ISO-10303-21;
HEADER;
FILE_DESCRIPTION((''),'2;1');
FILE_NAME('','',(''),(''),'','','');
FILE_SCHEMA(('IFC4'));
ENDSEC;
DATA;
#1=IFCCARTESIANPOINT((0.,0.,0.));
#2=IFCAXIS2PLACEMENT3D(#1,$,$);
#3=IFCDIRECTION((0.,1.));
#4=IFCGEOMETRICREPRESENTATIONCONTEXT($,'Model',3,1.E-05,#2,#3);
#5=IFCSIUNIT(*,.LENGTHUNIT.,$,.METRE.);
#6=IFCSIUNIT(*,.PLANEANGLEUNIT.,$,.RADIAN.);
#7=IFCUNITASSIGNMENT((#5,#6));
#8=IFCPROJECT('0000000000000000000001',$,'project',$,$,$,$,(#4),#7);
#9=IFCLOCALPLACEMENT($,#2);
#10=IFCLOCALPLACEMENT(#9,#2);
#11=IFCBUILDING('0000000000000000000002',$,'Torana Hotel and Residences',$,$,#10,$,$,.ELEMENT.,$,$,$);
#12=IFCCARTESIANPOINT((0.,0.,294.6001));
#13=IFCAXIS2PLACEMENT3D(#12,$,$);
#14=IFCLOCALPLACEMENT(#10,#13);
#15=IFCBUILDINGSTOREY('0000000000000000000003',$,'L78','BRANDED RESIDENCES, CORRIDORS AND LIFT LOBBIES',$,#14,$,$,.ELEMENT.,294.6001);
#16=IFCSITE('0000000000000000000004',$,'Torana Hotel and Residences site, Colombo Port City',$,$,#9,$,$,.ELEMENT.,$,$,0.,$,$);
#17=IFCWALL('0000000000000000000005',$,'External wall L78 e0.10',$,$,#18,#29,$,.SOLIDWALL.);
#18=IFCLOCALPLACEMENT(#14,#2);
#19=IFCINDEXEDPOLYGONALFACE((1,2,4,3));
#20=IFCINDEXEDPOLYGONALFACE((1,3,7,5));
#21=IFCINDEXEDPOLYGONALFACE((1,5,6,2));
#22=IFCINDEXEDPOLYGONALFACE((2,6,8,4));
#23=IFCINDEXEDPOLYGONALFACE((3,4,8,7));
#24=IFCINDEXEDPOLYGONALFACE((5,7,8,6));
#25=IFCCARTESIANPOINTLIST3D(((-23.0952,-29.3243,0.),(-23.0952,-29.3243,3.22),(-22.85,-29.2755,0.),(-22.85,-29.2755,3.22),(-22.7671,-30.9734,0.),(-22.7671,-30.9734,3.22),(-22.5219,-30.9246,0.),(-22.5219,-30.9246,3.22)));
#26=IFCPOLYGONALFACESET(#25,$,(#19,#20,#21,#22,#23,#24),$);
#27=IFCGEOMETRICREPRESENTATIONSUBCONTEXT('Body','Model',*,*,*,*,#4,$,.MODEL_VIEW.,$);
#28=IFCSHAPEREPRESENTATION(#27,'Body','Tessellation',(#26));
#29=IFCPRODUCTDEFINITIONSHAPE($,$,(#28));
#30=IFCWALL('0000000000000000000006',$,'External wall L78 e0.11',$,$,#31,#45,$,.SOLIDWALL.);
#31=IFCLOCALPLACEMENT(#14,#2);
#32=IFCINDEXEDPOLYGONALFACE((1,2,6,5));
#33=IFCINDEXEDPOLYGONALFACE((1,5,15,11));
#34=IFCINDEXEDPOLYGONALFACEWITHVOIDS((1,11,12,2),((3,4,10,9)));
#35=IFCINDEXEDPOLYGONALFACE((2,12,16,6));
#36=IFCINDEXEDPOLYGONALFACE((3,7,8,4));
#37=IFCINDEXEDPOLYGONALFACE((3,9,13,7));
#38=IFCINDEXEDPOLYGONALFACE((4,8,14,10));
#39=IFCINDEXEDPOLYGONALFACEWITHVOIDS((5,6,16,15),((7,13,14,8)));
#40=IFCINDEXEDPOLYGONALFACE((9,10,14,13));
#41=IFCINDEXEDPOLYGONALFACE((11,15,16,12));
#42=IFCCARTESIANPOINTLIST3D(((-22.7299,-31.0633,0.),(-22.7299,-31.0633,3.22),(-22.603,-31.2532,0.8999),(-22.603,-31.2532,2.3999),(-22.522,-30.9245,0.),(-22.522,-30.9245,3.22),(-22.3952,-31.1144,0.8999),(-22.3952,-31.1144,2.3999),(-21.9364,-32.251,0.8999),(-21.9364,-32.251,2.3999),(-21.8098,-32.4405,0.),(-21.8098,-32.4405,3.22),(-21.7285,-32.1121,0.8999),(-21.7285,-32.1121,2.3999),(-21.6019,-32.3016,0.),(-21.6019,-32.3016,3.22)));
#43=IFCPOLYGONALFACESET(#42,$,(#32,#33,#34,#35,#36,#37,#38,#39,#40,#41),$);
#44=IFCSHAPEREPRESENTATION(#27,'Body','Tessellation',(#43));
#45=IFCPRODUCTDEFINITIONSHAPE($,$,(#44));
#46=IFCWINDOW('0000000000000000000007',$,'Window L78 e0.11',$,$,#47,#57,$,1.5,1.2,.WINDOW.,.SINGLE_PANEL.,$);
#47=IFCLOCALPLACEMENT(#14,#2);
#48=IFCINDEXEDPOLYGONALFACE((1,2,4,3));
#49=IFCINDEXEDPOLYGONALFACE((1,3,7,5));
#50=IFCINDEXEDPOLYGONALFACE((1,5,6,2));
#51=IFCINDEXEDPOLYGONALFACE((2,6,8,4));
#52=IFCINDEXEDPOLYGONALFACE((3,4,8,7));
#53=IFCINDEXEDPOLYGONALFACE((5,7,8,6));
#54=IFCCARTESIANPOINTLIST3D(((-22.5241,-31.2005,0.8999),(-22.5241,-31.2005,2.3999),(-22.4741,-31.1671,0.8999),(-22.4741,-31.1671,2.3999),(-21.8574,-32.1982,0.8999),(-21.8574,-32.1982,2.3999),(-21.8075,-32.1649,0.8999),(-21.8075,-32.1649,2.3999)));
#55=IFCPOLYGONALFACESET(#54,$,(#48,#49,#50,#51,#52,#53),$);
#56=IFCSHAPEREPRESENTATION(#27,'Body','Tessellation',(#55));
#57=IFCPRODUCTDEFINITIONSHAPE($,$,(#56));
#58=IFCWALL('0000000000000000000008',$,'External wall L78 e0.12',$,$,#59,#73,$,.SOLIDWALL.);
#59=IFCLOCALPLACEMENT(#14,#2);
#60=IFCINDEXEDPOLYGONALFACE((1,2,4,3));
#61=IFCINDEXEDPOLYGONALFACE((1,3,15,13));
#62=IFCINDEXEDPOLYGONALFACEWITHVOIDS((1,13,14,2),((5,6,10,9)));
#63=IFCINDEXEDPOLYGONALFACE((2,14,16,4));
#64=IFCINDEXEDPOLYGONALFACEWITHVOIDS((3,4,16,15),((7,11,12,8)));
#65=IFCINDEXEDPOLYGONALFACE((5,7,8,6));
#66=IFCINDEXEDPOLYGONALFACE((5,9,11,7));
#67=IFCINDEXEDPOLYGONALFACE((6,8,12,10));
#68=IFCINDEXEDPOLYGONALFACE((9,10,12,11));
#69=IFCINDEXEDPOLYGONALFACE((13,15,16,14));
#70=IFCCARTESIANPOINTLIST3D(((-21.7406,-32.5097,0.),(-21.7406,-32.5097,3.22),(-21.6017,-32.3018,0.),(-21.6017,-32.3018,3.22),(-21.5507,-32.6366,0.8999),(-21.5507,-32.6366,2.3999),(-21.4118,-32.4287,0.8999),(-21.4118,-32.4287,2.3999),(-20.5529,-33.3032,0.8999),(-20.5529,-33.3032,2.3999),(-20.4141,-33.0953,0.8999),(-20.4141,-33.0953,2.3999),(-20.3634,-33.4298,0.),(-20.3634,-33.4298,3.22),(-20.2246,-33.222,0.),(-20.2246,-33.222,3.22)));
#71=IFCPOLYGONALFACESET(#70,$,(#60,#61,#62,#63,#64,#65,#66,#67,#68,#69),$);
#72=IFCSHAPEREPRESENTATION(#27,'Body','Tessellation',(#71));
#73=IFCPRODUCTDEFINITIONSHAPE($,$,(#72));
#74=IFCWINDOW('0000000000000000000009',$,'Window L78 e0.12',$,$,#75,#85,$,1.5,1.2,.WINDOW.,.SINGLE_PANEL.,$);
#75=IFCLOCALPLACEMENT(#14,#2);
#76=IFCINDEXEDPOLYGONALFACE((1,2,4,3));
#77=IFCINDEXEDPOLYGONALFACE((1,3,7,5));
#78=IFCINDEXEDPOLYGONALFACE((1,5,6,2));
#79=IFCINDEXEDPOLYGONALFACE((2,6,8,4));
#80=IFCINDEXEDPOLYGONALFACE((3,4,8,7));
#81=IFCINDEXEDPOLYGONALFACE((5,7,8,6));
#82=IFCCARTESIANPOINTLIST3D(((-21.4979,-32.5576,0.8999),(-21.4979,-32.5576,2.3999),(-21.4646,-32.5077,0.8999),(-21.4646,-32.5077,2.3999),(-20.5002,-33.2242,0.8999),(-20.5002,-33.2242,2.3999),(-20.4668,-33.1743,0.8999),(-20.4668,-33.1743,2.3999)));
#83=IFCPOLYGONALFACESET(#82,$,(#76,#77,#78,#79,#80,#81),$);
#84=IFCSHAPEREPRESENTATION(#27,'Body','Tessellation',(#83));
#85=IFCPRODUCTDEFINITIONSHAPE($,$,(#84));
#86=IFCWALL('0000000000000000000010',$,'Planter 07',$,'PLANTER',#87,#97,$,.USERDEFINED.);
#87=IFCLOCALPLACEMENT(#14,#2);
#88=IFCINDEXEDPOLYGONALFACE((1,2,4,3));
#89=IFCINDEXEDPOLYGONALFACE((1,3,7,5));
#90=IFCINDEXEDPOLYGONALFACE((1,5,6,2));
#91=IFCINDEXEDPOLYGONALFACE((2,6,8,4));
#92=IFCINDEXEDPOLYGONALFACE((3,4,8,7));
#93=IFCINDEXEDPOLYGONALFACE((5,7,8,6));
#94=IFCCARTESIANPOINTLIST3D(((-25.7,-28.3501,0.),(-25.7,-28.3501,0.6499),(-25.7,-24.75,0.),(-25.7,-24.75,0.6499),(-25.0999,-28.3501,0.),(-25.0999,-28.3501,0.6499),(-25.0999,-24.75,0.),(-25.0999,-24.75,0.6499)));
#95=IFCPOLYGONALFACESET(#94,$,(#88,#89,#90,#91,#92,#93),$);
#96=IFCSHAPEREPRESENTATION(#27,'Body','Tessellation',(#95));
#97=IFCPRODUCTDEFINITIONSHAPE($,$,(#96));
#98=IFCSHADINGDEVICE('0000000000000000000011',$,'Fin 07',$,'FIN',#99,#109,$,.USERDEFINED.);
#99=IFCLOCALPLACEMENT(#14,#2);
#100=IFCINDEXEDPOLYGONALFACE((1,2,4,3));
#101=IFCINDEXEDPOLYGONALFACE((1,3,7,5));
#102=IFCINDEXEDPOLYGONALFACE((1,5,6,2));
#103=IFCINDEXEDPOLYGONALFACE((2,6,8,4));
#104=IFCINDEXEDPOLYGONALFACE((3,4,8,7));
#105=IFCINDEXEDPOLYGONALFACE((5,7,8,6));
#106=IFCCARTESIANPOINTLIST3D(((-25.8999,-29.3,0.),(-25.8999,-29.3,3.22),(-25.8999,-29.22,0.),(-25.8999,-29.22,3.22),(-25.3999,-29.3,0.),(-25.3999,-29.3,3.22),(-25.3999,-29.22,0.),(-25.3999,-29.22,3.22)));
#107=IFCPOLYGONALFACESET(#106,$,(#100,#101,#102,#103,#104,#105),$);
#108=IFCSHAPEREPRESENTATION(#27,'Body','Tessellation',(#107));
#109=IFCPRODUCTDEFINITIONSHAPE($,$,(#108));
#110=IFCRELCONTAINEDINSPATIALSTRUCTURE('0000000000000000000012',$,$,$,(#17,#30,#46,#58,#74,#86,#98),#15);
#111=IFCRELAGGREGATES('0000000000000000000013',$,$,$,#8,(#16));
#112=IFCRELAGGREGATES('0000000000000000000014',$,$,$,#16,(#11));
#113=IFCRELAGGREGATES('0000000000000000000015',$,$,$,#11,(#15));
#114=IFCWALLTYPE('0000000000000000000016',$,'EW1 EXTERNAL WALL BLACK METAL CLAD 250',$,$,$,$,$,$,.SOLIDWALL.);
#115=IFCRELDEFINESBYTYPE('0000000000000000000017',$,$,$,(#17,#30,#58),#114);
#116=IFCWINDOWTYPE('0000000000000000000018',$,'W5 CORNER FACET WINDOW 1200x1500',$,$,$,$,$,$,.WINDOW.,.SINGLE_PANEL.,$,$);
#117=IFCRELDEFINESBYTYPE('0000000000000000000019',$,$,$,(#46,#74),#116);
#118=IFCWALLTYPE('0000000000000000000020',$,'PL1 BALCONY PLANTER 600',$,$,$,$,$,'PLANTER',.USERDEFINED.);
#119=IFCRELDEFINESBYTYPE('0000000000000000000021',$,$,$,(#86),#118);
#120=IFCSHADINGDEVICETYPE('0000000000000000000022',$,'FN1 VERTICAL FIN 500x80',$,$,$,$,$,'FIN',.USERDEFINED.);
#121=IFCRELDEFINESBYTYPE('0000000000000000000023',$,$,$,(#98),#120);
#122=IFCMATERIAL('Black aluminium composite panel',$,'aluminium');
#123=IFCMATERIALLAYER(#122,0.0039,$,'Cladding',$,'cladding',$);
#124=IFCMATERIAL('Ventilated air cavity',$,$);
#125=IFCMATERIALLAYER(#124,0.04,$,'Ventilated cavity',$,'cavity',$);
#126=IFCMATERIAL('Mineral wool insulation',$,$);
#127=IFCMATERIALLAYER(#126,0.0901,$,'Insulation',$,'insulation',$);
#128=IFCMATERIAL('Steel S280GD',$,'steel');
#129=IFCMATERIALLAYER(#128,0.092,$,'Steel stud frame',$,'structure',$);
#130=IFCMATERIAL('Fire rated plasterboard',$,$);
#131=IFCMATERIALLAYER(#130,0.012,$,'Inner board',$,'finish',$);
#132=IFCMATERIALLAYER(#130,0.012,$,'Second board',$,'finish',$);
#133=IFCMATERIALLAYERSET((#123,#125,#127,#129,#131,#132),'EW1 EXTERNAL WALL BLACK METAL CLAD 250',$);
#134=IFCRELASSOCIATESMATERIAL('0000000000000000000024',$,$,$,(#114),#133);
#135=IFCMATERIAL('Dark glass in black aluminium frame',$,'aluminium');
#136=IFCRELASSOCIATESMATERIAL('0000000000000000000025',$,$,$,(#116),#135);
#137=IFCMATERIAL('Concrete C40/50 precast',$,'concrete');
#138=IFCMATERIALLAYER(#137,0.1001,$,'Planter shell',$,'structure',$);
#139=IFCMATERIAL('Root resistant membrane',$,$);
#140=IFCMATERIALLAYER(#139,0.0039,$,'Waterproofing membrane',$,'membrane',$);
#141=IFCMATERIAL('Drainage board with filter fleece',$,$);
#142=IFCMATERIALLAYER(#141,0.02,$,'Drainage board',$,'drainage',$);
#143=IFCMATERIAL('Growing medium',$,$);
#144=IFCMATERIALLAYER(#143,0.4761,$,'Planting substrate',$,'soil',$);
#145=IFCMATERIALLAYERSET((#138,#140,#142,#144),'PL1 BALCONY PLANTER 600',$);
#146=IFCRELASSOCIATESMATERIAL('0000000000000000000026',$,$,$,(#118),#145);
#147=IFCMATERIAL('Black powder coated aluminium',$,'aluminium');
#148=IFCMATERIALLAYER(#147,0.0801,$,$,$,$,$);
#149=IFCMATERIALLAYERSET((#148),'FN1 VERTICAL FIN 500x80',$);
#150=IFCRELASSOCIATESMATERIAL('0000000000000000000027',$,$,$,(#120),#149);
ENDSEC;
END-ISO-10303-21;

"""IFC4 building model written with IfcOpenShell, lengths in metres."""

from ifc_helpers import new_model, si_unit, direction, frame, frame_2d, origin, origin_2d, place, context, subcontext, project, spatial, rectangle, extrude, material, layer, layer_set, type_object, element, fill, save


model = new_model("IFC4")

# Units and contexts
model_context = context("Model", 3, precision=1e-05, world=origin(), true_north=direction((0.0, 1.0)))
body_context = subcontext(model_context, "Body", "Model", "MODEL_VIEW")
ifc_project = project(units=[si_unit("LENGTHUNIT", "METRE"), si_unit("PLANEANGLEUNIT", "RADIAN")], contexts=[model_context])

# Site, building, storey
site_placement = place(None, origin())
site = spatial("IfcSite", under=ifc_project, at=site_placement, Name="Torana Hotel and Residences site, Colombo Port City", CompositionType="ELEMENT", RefElevation=0.0)
building_placement = place(site_placement, origin())
building = spatial("IfcBuilding", under=site, at=building_placement, Name="Torana Hotel and Residences", CompositionType="ELEMENT")
storey_placement = place(building_placement, frame((0.0, 0.0, 294.6001)))
storey = spatial("IfcBuildingStorey", under=building, at=storey_placement, Name="L78", Description="BRANDED RESIDENCES, CORRIDORS AND LIFT LOBBIES", CompositionType="ELEMENT", Elevation=294.6001)

# Wall
ifc_material_1 = material(Name="Black aluminium composite panel", Category="aluminium")
ifc_layer_1 = layer(ifc_material_1, 0.0039, Name="Cladding", Category="cladding")
ifc_material_2 = material(Name="Ventilated air cavity")
ifc_layer_2 = layer(ifc_material_2, 0.04, Name="Ventilated cavity", Category="cavity")
ifc_material_3 = material(Name="Mineral wool insulation")
ifc_layer_3 = layer(ifc_material_3, 0.0901, Name="Insulation", Category="insulation")
ifc_material_4 = material(Name="Steel S280GD", Category="steel")
ifc_layer_4 = layer(ifc_material_4, 0.092, Name="Steel stud frame", Category="structure")
ifc_material_5 = material(Name="Fire rated plasterboard")
ifc_layer_5 = layer(ifc_material_5, 0.012, Name="Inner board", Category="finish")
ifc_layer_6 = layer(ifc_material_5, 0.012, Name="Second board", Category="finish")
ifc_layer_set_1 = layer_set([ifc_layer_1, ifc_layer_2, ifc_layer_3, ifc_layer_4, ifc_layer_5, ifc_layer_6], Name="EW1 EXTERNAL WALL BLACK METAL CLAD 250")
wall_type_1 = type_object("IfcWallType", Name="EW1 EXTERNAL WALL BLACK METAL CLAD 250", PredefinedType="SOLIDWALL", material=ifc_layer_set_1)
wall_1_placement = place(storey_placement, frame((-22.9727, -29.2998, 0.0), z_axis=(0.0, 0.0, 1.0), x_axis=(0.195139, -0.980776, 0.0)))
element("IfcWall", 1, at=wall_1_placement, inside=storey, type_object=wall_type_1, Name="External wall L78 e0.10", PredefinedType="SOLIDWALL", context=body_context, shape_type="SweptSolid", body=[
    extrude(rectangle(XDim=1.6814, YDim=0.25, at=frame_2d((0.8408, 0.0))), origin(), (0.0, 0.0, 1.0), 3.22),
])

# Walls, openings, windows
wall_2_placement = place(storey_placement, frame((-22.626, -30.9939, 0.0), z_axis=(0.0, 0.0, 1.0), x_axis=(0.55555, -0.831483, 0.0)))
wall_2 = element("IfcWall", 2, at=wall_2_placement, inside=storey, type_object=wall_type_1, Name="External wall L78 e0.11", PredefinedType="SOLIDWALL", context=body_context, shape_type="SweptSolid", body=[
    extrude(rectangle(XDim=1.6562, YDim=0.25, at=frame_2d((0.8281, 0.0))), origin(), (0.0, 0.0, 1.0), 3.22),
])
opening_1_placement = place(wall_2_placement, frame((0.2283, 0.0, 0.8999)))
opening_1 = element("IfcOpeningElement", 3, at=opening_1_placement, cuts=wall_2, PredefinedType="OPENING", context=body_context, shape_type="SweptSolid", body=[
    extrude(rectangle(XDim=1.2, YDim=1.5, at=frame_2d((0.6001, 0.75))), frame((0.0, 0.135, 0.0), z_axis=(0.0, -1.0, 0.0), x_axis=(1.0, 0.0, 0.0)), (0.0, 0.0, 1.0), 0.27),
])
ifc_material_6 = material(Name="Dark glass in black aluminium frame", Category="aluminium")
window_type = type_object("IfcWindowType", Name="W5 CORNER FACET WINDOW 1200x1500", PartitioningType="SINGLE_PANEL", PredefinedType="WINDOW", material=ifc_material_6)
window_1_placement = place(opening_1_placement, origin())
window_1 = element("IfcWindow", 4, at=window_1_placement, inside=storey, type_object=window_type, Name="Window L78 e0.11", OverallHeight=1.5, OverallWidth=1.2, PartitioningType="SINGLE_PANEL", PredefinedType="WINDOW", context=body_context, shape_type="SweptSolid", body=[
    extrude(rectangle(XDim=1.2, YDim=1.5, at=frame_2d((0.6001, 0.75))), frame((0.0, 0.03, 0.0), z_axis=(0.0, -1.0, 0.0), x_axis=(1.0, 0.0, 0.0)), (0.0, 0.0, 1.0), 0.0601),
])
fill(opening_1, window_1)
wall_3_placement = place(storey_placement, frame((-21.6711, -32.4058, 0.0), z_axis=(0.0, 0.0, 1.0), x_axis=(0.831483, -0.55555, 0.0)))
wall_3 = element("IfcWall", 5, at=wall_3_placement, inside=storey, type_object=wall_type_1, Name="External wall L78 e0.12", PredefinedType="SOLIDWALL", context=body_context, shape_type="SweptSolid", body=[
    extrude(rectangle(XDim=1.6562, YDim=0.25, at=frame_2d((0.8281, 0.0))), origin(), (0.0, 0.0, 1.0), 3.22),
])
opening_2_placement = place(wall_3_placement, frame((0.2283, 0.0, 0.8999)))
opening_2 = element("IfcOpeningElement", 6, at=opening_2_placement, cuts=wall_3, PredefinedType="OPENING", context=body_context, shape_type="SweptSolid", body=[
    extrude(rectangle(XDim=1.2, YDim=1.5, at=frame_2d((0.6001, 0.75))), frame((0.0, 0.135, 0.0), z_axis=(0.0, -1.0, 0.0), x_axis=(1.0, 0.0, 0.0)), (0.0, 0.0, 1.0), 0.27),
])
window_2_placement = place(opening_2_placement, origin())
window_2 = element("IfcWindow", 7, at=window_2_placement, inside=storey, type_object=window_type, Name="Window L78 e0.12", OverallHeight=1.5, OverallWidth=1.2, PartitioningType="SINGLE_PANEL", PredefinedType="WINDOW", context=body_context, shape_type="SweptSolid", body=[
    extrude(rectangle(XDim=1.2, YDim=1.5, at=frame_2d((0.6001, 0.75))), frame((0.0, 0.03, 0.0), z_axis=(0.0, -1.0, 0.0), x_axis=(1.0, 0.0, 0.0)), (0.0, 0.0, 1.0), 0.0601),
])
fill(opening_2, window_2)

# Wall
ifc_material_7 = material(Name="Concrete C40/50 precast", Category="concrete")
ifc_layer_7 = layer(ifc_material_7, 0.1001, Name="Planter shell", Category="structure")
ifc_material_8 = material(Name="Root resistant membrane")
ifc_layer_8 = layer(ifc_material_8, 0.0039, Name="Waterproofing membrane", Category="membrane")
ifc_material_9 = material(Name="Drainage board with filter fleece")
ifc_layer_9 = layer(ifc_material_9, 0.02, Name="Drainage board", Category="drainage")
ifc_material_10 = material(Name="Growing medium")
ifc_layer_10 = layer(ifc_material_10, 0.4761, Name="Planting substrate", Category="soil")
ifc_layer_set_2 = layer_set([ifc_layer_7, ifc_layer_8, ifc_layer_9, ifc_layer_10], Name="PL1 BALCONY PLANTER 600")
wall_type_2 = type_object("IfcWallType", Name="PL1 BALCONY PLANTER 600", ElementType="PLANTER", PredefinedType="USERDEFINED", material=ifc_layer_set_2)
wall_4_placement = place(storey_placement, frame((-25.3999, -28.3501, 0.0), z_axis=(0.0, 0.0, 1.0), x_axis=(0.0, 1.0, 0.0)))
element("IfcWall", 8, at=wall_4_placement, inside=storey, type_object=wall_type_2, Name="Planter 07", ObjectType="PLANTER", PredefinedType="USERDEFINED", context=body_context, shape_type="SweptSolid", body=[
    extrude(rectangle(XDim=3.6001, YDim=0.6001, at=frame_2d((1.8, 0.0))), origin(), (0.0, 0.0, 1.0), 0.6499),
])

# Shading device
ifc_material_11 = material(Name="Black powder coated aluminium", Category="aluminium")
ifc_layer_11 = layer(ifc_material_11, 0.0801)
ifc_layer_set_3 = layer_set([ifc_layer_11], Name="FN1 VERTICAL FIN 500x80")
shading_device_type = type_object("IfcShadingDeviceType", Name="FN1 VERTICAL FIN 500x80", ElementType="FIN", PredefinedType="USERDEFINED", material=ifc_layer_set_3)
shading_device_placement = place(storey_placement, frame((-25.6499, -29.26, 0.0), z_axis=(0.0, 0.0, 1.0), x_axis=(0.0, 1.0, 0.0)))
element("IfcShadingDevice", 9, at=shading_device_placement, inside=storey, type_object=shading_device_type, Name="Fin 07", ObjectType="FIN", PredefinedType="USERDEFINED", context=body_context, shape_type="SweptSolid", body=[
    extrude(rectangle(XDim=0.0801, YDim=0.5, at=origin_2d()), origin(), (0.0, 0.0, 1.0), 3.22),
])

save(model, "model.ifc")
